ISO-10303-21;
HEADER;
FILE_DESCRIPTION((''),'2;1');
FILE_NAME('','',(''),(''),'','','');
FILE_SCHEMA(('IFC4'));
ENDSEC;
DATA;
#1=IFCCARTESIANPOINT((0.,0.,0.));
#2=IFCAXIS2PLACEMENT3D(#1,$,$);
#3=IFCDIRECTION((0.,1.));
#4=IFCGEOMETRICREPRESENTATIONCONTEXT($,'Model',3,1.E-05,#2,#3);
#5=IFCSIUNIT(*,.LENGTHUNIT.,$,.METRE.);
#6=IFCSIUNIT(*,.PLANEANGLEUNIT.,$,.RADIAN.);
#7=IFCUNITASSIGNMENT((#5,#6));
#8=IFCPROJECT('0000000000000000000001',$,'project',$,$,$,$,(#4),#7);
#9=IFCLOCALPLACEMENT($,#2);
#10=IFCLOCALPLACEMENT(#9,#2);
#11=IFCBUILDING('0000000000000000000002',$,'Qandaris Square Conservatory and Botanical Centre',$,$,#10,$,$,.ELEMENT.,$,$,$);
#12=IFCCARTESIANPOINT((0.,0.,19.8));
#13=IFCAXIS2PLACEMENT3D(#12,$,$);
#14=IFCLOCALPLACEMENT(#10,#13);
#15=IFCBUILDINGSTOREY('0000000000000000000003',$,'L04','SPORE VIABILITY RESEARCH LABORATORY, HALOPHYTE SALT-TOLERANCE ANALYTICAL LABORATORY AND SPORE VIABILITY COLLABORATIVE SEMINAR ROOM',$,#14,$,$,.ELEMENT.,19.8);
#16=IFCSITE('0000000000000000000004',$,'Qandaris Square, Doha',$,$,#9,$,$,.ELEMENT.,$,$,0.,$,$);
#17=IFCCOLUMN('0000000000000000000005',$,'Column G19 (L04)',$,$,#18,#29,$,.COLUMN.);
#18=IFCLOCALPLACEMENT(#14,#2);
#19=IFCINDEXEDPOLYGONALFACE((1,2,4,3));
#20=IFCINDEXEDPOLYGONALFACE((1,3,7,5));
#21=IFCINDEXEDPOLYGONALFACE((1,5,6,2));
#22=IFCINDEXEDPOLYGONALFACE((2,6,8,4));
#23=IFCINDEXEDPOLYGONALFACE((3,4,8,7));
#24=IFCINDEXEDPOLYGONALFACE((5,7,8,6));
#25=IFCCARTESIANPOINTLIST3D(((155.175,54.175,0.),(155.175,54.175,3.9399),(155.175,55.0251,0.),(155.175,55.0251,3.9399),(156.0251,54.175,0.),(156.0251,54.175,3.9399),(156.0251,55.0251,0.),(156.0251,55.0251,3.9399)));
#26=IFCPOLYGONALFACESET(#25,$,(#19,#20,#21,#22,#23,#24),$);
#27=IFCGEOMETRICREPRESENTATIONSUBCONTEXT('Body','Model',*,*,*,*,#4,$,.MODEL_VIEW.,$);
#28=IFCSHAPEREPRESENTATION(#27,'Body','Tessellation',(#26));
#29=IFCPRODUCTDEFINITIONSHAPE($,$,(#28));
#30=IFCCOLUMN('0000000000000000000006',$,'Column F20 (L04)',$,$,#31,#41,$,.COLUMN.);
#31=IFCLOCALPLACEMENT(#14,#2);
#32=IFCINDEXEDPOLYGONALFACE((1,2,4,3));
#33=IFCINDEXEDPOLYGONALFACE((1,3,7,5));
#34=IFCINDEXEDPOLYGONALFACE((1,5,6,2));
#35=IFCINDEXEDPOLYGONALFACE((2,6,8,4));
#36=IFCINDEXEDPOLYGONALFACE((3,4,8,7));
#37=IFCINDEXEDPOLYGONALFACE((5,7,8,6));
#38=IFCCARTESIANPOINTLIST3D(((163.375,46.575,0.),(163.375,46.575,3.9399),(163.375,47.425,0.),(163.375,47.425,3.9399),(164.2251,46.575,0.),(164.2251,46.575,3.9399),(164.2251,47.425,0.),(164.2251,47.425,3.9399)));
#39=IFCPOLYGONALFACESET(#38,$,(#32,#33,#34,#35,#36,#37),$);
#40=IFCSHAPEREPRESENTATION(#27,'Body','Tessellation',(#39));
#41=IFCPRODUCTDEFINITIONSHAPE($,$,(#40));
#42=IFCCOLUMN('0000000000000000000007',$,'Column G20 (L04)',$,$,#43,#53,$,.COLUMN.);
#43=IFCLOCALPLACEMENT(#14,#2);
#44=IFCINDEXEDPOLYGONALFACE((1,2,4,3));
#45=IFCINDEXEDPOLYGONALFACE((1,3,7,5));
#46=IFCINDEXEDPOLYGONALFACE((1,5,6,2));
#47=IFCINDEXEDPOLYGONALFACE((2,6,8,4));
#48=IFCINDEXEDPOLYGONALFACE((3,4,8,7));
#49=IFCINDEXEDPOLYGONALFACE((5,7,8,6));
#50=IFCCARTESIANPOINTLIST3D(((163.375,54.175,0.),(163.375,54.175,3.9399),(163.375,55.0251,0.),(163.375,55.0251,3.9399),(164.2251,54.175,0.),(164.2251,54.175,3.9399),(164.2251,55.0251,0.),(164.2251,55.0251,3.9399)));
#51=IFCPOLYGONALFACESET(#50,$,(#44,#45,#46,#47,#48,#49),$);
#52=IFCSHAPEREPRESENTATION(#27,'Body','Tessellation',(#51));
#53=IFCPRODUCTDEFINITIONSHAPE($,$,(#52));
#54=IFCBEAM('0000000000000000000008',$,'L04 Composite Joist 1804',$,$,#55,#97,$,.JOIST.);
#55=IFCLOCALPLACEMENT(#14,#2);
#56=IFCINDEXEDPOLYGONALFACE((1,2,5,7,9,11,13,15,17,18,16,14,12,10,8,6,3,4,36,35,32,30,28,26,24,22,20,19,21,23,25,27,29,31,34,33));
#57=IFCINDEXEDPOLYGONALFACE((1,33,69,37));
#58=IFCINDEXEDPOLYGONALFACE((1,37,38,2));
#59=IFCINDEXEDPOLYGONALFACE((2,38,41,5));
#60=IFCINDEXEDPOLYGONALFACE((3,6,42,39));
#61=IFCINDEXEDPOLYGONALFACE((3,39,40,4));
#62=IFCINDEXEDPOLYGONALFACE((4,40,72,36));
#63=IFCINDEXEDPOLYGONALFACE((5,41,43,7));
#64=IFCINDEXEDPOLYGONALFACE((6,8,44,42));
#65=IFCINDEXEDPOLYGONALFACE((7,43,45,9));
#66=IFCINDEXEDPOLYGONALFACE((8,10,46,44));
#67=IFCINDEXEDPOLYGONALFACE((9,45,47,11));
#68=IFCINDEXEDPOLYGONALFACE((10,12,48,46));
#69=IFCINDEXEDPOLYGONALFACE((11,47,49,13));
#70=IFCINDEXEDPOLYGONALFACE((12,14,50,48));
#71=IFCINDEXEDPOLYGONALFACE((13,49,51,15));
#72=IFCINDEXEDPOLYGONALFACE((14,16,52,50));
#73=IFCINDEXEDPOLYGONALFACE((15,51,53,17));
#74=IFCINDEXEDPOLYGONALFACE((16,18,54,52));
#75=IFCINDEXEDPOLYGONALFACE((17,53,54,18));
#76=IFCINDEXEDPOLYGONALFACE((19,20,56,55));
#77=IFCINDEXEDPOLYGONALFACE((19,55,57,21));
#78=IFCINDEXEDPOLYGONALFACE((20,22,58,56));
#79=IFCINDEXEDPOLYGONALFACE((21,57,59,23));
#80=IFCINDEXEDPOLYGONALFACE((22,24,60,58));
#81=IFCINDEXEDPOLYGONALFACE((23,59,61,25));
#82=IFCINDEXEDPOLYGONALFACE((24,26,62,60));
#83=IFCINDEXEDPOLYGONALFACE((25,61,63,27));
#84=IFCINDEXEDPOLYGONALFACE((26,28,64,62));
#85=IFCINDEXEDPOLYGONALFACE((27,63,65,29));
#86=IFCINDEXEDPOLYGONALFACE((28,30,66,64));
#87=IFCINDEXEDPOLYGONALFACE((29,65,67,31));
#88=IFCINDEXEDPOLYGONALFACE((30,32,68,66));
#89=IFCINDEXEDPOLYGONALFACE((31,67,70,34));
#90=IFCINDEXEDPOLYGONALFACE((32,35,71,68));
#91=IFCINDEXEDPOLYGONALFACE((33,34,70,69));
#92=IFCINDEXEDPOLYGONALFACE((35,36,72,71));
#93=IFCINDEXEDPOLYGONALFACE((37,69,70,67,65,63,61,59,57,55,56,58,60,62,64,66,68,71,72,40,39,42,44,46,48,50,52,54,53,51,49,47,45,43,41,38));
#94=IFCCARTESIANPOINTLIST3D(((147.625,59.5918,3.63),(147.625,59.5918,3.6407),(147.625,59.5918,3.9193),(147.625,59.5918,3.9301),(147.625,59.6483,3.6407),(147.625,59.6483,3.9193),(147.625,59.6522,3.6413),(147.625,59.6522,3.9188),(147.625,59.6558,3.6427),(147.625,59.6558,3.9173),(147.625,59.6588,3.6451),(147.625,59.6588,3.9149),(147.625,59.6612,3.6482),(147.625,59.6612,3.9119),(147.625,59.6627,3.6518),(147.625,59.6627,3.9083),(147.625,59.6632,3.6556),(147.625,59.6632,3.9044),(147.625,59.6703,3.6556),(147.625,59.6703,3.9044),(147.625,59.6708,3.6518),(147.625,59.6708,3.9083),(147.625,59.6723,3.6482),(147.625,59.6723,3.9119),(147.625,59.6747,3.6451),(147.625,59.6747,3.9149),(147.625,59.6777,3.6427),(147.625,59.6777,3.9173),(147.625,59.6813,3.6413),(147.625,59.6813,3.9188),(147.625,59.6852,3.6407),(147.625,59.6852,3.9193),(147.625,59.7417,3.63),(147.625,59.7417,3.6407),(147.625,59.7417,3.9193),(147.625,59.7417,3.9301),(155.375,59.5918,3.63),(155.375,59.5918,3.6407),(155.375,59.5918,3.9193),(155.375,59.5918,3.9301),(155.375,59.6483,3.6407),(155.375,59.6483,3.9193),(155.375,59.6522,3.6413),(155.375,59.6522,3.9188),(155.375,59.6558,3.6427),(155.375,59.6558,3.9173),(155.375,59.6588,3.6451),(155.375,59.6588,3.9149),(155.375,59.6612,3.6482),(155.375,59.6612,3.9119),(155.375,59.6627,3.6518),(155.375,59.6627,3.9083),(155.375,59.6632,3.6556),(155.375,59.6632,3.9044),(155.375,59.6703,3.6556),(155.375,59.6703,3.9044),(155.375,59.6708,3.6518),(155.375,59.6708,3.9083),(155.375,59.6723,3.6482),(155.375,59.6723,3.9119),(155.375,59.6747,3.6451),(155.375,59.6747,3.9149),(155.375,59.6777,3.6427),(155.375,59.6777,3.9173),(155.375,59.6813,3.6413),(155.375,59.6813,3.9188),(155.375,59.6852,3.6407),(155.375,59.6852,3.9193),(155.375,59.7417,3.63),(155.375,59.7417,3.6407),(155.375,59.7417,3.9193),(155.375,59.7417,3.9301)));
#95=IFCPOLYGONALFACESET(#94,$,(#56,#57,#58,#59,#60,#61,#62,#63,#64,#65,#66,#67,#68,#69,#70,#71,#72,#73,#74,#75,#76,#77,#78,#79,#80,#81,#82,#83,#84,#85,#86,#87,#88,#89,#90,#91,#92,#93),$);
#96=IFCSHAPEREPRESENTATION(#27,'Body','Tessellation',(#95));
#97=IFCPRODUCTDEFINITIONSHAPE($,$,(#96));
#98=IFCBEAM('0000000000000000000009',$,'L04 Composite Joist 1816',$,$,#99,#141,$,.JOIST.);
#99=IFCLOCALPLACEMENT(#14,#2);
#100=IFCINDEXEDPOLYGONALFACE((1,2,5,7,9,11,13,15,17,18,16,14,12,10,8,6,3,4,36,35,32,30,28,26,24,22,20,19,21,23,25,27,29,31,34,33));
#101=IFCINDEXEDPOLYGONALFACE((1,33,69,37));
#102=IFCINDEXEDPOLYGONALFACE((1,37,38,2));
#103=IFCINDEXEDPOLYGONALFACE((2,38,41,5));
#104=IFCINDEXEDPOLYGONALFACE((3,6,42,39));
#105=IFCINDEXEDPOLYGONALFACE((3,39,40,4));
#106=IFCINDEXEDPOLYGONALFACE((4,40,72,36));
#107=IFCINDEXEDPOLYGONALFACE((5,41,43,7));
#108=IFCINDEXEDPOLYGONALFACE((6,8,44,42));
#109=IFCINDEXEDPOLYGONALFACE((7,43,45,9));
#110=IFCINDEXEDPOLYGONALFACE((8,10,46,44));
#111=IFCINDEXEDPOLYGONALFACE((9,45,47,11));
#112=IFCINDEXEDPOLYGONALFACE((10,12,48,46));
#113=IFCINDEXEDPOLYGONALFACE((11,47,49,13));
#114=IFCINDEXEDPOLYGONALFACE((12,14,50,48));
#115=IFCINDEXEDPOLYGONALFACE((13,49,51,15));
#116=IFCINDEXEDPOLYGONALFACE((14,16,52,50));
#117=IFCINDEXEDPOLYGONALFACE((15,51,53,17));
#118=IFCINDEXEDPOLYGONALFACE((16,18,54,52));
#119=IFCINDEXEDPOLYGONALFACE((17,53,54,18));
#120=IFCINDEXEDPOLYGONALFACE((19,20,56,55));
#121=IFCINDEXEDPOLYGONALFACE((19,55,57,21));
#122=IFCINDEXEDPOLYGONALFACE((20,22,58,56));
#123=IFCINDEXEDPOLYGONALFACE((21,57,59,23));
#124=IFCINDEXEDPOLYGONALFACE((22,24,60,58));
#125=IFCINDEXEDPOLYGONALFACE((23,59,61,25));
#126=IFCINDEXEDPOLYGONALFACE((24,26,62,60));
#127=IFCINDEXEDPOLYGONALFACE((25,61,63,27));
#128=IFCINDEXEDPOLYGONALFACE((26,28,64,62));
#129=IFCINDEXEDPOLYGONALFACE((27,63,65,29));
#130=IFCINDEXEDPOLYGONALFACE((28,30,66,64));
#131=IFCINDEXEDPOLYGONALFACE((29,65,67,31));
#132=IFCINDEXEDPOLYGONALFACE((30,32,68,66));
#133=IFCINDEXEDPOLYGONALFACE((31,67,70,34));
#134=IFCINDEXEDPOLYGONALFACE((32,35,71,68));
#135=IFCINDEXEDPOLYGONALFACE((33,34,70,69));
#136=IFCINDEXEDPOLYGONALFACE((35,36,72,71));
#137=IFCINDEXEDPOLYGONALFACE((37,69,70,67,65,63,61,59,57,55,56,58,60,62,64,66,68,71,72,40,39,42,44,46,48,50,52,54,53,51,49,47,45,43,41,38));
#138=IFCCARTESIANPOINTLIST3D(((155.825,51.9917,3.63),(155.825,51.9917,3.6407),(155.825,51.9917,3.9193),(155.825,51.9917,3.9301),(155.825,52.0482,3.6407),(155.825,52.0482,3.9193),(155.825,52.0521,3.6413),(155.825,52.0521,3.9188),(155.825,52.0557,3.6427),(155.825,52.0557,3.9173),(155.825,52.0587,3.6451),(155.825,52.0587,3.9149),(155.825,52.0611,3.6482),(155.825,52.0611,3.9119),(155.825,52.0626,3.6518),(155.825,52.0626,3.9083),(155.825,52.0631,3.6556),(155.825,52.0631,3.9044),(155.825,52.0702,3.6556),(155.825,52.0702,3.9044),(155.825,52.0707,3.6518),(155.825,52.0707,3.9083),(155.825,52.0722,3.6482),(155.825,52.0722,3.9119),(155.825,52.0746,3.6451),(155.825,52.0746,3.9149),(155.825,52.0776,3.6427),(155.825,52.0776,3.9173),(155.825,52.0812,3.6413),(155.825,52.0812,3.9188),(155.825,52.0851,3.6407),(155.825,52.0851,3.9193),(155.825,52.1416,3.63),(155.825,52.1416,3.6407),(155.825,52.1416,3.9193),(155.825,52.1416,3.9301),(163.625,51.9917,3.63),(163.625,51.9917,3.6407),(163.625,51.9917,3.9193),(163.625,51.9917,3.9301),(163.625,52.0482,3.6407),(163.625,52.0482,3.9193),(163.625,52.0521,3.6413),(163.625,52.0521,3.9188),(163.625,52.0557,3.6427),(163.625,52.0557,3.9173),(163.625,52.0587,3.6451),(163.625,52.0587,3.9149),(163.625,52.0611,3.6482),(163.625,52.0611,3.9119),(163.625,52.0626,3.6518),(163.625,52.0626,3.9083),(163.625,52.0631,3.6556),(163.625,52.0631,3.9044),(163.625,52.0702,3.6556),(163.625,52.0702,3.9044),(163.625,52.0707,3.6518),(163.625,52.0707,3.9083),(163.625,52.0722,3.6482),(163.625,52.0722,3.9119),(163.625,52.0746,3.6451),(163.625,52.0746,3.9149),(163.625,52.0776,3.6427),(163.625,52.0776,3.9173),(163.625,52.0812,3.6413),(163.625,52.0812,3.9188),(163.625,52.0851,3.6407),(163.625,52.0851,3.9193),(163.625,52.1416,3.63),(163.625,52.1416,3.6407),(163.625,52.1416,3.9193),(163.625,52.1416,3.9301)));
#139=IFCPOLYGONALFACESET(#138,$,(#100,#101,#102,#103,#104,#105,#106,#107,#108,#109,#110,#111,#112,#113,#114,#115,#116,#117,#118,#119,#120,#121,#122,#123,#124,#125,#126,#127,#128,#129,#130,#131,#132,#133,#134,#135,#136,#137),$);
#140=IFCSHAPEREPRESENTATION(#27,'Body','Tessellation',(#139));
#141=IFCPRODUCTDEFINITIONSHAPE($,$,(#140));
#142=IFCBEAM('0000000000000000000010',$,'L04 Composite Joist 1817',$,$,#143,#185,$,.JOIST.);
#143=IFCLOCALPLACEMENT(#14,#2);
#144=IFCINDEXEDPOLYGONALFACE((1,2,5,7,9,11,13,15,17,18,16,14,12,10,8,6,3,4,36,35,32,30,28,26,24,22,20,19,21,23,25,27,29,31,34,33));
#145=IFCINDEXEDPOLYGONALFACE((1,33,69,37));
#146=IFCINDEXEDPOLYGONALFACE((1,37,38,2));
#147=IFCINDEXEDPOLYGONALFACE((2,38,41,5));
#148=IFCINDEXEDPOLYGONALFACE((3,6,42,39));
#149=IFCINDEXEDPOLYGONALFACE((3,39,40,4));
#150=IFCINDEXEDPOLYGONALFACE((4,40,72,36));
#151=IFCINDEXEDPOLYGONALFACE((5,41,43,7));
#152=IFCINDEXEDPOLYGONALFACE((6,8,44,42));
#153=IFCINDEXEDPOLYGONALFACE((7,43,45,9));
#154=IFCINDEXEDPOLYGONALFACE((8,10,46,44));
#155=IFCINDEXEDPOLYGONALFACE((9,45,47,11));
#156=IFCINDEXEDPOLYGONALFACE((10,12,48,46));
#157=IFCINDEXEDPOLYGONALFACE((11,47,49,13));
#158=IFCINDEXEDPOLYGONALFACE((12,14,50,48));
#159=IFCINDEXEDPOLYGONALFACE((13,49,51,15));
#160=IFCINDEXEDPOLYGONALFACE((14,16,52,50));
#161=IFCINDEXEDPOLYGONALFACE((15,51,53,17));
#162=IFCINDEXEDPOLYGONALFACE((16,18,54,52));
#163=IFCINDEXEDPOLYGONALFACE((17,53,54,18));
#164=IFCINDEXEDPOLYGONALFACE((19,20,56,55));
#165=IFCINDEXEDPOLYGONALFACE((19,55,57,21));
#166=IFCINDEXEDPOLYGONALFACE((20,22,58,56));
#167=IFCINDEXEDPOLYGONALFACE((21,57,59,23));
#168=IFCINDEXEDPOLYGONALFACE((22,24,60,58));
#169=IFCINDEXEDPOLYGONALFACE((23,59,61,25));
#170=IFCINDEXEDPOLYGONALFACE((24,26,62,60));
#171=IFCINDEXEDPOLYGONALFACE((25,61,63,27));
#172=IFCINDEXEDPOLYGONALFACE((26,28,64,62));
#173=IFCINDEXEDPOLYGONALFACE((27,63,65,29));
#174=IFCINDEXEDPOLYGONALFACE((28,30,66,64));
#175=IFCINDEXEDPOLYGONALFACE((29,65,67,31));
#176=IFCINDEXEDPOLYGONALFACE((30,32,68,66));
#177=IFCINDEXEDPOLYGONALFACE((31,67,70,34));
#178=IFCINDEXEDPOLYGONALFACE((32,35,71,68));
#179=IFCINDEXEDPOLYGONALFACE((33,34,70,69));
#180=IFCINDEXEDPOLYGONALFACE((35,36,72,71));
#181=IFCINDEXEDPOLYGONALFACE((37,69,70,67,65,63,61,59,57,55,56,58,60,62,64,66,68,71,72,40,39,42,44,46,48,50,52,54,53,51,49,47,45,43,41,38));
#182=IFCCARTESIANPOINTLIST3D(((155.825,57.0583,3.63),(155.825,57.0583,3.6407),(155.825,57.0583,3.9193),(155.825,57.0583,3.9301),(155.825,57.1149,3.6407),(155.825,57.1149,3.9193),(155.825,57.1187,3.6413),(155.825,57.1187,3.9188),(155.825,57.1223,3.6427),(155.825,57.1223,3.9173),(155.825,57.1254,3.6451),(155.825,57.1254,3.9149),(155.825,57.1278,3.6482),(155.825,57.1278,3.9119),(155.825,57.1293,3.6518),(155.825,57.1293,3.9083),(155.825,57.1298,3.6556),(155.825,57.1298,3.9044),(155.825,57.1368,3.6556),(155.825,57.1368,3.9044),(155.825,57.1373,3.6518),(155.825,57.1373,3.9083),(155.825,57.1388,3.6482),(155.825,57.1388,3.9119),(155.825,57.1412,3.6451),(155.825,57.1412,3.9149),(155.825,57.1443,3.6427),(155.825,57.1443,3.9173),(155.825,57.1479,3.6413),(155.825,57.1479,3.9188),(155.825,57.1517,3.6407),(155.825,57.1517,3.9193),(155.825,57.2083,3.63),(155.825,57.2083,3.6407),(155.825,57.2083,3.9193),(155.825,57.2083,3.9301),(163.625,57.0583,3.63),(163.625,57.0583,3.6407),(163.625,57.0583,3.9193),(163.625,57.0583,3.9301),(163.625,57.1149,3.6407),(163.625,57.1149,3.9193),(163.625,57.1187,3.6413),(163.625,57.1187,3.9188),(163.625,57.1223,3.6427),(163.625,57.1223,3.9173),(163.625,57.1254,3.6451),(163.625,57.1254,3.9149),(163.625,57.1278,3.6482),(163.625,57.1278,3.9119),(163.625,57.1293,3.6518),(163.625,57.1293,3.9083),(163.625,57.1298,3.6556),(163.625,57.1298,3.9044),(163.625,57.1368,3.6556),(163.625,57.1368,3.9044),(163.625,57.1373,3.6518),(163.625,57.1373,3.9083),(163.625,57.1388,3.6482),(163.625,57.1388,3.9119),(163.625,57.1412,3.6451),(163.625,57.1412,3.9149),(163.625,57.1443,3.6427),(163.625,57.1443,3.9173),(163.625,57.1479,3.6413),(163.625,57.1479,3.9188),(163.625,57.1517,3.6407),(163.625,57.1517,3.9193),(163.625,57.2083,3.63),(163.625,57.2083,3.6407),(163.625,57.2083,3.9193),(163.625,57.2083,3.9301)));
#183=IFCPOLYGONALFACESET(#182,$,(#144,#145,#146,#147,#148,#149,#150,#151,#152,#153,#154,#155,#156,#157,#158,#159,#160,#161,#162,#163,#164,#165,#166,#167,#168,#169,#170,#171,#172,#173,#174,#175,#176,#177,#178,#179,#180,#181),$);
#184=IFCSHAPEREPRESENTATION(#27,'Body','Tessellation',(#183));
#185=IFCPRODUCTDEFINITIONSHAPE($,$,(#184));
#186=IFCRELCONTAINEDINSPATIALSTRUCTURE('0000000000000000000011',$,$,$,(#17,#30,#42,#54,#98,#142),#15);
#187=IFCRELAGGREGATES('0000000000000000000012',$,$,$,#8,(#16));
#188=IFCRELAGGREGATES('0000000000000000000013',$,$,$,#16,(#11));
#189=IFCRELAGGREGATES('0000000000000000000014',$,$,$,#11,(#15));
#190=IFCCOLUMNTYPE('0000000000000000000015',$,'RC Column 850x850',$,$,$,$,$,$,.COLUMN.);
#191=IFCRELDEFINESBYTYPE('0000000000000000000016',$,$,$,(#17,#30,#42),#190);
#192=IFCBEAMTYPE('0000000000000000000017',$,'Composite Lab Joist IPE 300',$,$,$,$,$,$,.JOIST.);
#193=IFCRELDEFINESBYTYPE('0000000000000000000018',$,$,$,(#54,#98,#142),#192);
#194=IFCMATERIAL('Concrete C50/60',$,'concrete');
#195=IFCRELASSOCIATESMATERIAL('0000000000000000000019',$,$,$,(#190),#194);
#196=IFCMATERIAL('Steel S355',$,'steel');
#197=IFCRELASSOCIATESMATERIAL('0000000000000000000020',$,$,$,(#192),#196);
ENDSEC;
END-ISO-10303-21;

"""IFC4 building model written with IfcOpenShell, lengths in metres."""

from ifc_helpers import new_model, si_unit, direction, frame, origin, origin_2d, place, context, subcontext, project, spatial, rectangle, i_section, extrude, material, material_profile, profile_set, type_object, element, save


model = new_model("IFC4")

# Units and contexts
model_context = context("Model", 3, precision=1e-05, world=origin(), true_north=direction((0.0, 1.0)))
body_context = subcontext(model_context, "Body", "Model", "MODEL_VIEW")
ifc_project = project(units=[si_unit("LENGTHUNIT", "METRE"), si_unit("PLANEANGLEUNIT", "RADIAN")], contexts=[model_context])

# Site, building, storey
site_placement = place(None, origin())
site = spatial("IfcSite", under=ifc_project, at=site_placement, Name="Qandaris Square, Doha", CompositionType="ELEMENT", RefElevation=0.0)
building_placement = place(site_placement, origin())
building = spatial("IfcBuilding", under=site, at=building_placement, Name="Qandaris Square Conservatory and Botanical Centre", CompositionType="ELEMENT")
storey_placement = place(building_placement, frame((0.0, 0.0, 19.8)))
storey = spatial("IfcBuildingStorey", under=building, at=storey_placement, Name="L04", Description="SPORE VIABILITY RESEARCH LABORATORY, HALOPHYTE SALT-TOLERANCE ANALYTICAL LABORATORY AND SPORE VIABILITY COLLABORATIVE SEMINAR ROOM", CompositionType="ELEMENT", Elevation=19.8)

# Columns
ifc_material_1 = material(Name="Concrete C50/60", Category="concrete")
ifc_material_profile_1 = material_profile(ifc_material_1, rectangle(XDim=0.8501, YDim=0.8501, at=origin_2d()), Name="RC-COL 850x850")
ifc_profile_set_1 = profile_set([ifc_material_profile_1], Name="Concrete C50/60")
column_type = type_object("IfcColumnType", Name="RC Column 850x850", PredefinedType="COLUMN", material=ifc_profile_set_1)
for number, where, z_axis, x_axis, name in (
    (1, (155.6001, 54.6001, 0.0), (0.0, 0.0, 1.0), (1.0, 0.0, 0.0), "Column G19 (L04)"),
    (2, (163.8, 47.0, 0.0), (0.0, 0.0, 1.0), (1.0, 0.0, 0.0), "Column F20 (L04)"),
    (3, (163.8, 54.6001, 0.0), (0.0, 0.0, 1.0), (1.0, 0.0, 0.0), "Column G20 (L04)"),
):
    element("IfcColumn", number, at=place(storey_placement, frame(where, z_axis=z_axis, x_axis=x_axis)), inside=storey, type_object=column_type, Name=name, PredefinedType="COLUMN", context=body_context, shape_type="SweptSolid", body=[
        extrude(rectangle(XDim=0.8501, YDim=0.8501, at=origin_2d()), origin(), (0.0, 0.0, 1.0), 3.9399),
    ])

# Beams
ifc_material_2 = material(Name="Steel S355", Category="steel")
ifc_material_profile_2 = material_profile(ifc_material_2, i_section(OverallWidth=0.1499, OverallDepth=0.3, WebThickness=0.0071, FlangeThickness=0.0107, FilletRadius=0.0149, at=origin_2d()), Name="IPE 300")
ifc_profile_set_2 = profile_set([ifc_material_profile_2], Name="Steel S355")
beam_type_1 = type_object("IfcBeamType", Name="Composite Lab Joist IPE 300", PredefinedType="JOIST", material=ifc_profile_set_2)
beam_1_placement = place(storey_placement, frame((147.625, 59.6667, 3.78), z_axis=(1.0, 0.0, 0.0), x_axis=(0.0, 1.0, 0.0)))
element("IfcBeam", 4, at=beam_1_placement, inside=storey, type_object=beam_type_1, Name="L04 Composite Joist 1804", PredefinedType="JOIST", context=body_context, shape_type="SweptSolid", body=[
    extrude(i_section(OverallWidth=0.1499, OverallDepth=0.3, WebThickness=0.0071, FlangeThickness=0.0107, FilletRadius=0.0149, at=origin_2d()), origin(), (0.0, 0.0, 1.0), 7.75),
])
for number, where, z_axis, x_axis, name in (
    (5, (155.825, 52.0667, 3.78), (1.0, 0.0, 0.0), (0.0, 1.0, 0.0), "L04 Composite Joist 1816"),
    (6, (155.825, 57.1333, 3.78), (1.0, 0.0, 0.0), (0.0, 1.0, 0.0), "L04 Composite Joist 1817"),
):
    element("IfcBeam", number, at=place(storey_placement, frame(where, z_axis=z_axis, x_axis=x_axis)), inside=storey, type_object=beam_type_1, Name=name, PredefinedType="JOIST", context=body_context, shape_type="SweptSolid", body=[
        extrude(i_section(OverallWidth=0.1499, OverallDepth=0.3, WebThickness=0.0071, FlangeThickness=0.0107, FilletRadius=0.0149, at=origin_2d()), origin(), (0.0, 0.0, 1.0), 7.8),
    ])

save(model, "model.ifc")
